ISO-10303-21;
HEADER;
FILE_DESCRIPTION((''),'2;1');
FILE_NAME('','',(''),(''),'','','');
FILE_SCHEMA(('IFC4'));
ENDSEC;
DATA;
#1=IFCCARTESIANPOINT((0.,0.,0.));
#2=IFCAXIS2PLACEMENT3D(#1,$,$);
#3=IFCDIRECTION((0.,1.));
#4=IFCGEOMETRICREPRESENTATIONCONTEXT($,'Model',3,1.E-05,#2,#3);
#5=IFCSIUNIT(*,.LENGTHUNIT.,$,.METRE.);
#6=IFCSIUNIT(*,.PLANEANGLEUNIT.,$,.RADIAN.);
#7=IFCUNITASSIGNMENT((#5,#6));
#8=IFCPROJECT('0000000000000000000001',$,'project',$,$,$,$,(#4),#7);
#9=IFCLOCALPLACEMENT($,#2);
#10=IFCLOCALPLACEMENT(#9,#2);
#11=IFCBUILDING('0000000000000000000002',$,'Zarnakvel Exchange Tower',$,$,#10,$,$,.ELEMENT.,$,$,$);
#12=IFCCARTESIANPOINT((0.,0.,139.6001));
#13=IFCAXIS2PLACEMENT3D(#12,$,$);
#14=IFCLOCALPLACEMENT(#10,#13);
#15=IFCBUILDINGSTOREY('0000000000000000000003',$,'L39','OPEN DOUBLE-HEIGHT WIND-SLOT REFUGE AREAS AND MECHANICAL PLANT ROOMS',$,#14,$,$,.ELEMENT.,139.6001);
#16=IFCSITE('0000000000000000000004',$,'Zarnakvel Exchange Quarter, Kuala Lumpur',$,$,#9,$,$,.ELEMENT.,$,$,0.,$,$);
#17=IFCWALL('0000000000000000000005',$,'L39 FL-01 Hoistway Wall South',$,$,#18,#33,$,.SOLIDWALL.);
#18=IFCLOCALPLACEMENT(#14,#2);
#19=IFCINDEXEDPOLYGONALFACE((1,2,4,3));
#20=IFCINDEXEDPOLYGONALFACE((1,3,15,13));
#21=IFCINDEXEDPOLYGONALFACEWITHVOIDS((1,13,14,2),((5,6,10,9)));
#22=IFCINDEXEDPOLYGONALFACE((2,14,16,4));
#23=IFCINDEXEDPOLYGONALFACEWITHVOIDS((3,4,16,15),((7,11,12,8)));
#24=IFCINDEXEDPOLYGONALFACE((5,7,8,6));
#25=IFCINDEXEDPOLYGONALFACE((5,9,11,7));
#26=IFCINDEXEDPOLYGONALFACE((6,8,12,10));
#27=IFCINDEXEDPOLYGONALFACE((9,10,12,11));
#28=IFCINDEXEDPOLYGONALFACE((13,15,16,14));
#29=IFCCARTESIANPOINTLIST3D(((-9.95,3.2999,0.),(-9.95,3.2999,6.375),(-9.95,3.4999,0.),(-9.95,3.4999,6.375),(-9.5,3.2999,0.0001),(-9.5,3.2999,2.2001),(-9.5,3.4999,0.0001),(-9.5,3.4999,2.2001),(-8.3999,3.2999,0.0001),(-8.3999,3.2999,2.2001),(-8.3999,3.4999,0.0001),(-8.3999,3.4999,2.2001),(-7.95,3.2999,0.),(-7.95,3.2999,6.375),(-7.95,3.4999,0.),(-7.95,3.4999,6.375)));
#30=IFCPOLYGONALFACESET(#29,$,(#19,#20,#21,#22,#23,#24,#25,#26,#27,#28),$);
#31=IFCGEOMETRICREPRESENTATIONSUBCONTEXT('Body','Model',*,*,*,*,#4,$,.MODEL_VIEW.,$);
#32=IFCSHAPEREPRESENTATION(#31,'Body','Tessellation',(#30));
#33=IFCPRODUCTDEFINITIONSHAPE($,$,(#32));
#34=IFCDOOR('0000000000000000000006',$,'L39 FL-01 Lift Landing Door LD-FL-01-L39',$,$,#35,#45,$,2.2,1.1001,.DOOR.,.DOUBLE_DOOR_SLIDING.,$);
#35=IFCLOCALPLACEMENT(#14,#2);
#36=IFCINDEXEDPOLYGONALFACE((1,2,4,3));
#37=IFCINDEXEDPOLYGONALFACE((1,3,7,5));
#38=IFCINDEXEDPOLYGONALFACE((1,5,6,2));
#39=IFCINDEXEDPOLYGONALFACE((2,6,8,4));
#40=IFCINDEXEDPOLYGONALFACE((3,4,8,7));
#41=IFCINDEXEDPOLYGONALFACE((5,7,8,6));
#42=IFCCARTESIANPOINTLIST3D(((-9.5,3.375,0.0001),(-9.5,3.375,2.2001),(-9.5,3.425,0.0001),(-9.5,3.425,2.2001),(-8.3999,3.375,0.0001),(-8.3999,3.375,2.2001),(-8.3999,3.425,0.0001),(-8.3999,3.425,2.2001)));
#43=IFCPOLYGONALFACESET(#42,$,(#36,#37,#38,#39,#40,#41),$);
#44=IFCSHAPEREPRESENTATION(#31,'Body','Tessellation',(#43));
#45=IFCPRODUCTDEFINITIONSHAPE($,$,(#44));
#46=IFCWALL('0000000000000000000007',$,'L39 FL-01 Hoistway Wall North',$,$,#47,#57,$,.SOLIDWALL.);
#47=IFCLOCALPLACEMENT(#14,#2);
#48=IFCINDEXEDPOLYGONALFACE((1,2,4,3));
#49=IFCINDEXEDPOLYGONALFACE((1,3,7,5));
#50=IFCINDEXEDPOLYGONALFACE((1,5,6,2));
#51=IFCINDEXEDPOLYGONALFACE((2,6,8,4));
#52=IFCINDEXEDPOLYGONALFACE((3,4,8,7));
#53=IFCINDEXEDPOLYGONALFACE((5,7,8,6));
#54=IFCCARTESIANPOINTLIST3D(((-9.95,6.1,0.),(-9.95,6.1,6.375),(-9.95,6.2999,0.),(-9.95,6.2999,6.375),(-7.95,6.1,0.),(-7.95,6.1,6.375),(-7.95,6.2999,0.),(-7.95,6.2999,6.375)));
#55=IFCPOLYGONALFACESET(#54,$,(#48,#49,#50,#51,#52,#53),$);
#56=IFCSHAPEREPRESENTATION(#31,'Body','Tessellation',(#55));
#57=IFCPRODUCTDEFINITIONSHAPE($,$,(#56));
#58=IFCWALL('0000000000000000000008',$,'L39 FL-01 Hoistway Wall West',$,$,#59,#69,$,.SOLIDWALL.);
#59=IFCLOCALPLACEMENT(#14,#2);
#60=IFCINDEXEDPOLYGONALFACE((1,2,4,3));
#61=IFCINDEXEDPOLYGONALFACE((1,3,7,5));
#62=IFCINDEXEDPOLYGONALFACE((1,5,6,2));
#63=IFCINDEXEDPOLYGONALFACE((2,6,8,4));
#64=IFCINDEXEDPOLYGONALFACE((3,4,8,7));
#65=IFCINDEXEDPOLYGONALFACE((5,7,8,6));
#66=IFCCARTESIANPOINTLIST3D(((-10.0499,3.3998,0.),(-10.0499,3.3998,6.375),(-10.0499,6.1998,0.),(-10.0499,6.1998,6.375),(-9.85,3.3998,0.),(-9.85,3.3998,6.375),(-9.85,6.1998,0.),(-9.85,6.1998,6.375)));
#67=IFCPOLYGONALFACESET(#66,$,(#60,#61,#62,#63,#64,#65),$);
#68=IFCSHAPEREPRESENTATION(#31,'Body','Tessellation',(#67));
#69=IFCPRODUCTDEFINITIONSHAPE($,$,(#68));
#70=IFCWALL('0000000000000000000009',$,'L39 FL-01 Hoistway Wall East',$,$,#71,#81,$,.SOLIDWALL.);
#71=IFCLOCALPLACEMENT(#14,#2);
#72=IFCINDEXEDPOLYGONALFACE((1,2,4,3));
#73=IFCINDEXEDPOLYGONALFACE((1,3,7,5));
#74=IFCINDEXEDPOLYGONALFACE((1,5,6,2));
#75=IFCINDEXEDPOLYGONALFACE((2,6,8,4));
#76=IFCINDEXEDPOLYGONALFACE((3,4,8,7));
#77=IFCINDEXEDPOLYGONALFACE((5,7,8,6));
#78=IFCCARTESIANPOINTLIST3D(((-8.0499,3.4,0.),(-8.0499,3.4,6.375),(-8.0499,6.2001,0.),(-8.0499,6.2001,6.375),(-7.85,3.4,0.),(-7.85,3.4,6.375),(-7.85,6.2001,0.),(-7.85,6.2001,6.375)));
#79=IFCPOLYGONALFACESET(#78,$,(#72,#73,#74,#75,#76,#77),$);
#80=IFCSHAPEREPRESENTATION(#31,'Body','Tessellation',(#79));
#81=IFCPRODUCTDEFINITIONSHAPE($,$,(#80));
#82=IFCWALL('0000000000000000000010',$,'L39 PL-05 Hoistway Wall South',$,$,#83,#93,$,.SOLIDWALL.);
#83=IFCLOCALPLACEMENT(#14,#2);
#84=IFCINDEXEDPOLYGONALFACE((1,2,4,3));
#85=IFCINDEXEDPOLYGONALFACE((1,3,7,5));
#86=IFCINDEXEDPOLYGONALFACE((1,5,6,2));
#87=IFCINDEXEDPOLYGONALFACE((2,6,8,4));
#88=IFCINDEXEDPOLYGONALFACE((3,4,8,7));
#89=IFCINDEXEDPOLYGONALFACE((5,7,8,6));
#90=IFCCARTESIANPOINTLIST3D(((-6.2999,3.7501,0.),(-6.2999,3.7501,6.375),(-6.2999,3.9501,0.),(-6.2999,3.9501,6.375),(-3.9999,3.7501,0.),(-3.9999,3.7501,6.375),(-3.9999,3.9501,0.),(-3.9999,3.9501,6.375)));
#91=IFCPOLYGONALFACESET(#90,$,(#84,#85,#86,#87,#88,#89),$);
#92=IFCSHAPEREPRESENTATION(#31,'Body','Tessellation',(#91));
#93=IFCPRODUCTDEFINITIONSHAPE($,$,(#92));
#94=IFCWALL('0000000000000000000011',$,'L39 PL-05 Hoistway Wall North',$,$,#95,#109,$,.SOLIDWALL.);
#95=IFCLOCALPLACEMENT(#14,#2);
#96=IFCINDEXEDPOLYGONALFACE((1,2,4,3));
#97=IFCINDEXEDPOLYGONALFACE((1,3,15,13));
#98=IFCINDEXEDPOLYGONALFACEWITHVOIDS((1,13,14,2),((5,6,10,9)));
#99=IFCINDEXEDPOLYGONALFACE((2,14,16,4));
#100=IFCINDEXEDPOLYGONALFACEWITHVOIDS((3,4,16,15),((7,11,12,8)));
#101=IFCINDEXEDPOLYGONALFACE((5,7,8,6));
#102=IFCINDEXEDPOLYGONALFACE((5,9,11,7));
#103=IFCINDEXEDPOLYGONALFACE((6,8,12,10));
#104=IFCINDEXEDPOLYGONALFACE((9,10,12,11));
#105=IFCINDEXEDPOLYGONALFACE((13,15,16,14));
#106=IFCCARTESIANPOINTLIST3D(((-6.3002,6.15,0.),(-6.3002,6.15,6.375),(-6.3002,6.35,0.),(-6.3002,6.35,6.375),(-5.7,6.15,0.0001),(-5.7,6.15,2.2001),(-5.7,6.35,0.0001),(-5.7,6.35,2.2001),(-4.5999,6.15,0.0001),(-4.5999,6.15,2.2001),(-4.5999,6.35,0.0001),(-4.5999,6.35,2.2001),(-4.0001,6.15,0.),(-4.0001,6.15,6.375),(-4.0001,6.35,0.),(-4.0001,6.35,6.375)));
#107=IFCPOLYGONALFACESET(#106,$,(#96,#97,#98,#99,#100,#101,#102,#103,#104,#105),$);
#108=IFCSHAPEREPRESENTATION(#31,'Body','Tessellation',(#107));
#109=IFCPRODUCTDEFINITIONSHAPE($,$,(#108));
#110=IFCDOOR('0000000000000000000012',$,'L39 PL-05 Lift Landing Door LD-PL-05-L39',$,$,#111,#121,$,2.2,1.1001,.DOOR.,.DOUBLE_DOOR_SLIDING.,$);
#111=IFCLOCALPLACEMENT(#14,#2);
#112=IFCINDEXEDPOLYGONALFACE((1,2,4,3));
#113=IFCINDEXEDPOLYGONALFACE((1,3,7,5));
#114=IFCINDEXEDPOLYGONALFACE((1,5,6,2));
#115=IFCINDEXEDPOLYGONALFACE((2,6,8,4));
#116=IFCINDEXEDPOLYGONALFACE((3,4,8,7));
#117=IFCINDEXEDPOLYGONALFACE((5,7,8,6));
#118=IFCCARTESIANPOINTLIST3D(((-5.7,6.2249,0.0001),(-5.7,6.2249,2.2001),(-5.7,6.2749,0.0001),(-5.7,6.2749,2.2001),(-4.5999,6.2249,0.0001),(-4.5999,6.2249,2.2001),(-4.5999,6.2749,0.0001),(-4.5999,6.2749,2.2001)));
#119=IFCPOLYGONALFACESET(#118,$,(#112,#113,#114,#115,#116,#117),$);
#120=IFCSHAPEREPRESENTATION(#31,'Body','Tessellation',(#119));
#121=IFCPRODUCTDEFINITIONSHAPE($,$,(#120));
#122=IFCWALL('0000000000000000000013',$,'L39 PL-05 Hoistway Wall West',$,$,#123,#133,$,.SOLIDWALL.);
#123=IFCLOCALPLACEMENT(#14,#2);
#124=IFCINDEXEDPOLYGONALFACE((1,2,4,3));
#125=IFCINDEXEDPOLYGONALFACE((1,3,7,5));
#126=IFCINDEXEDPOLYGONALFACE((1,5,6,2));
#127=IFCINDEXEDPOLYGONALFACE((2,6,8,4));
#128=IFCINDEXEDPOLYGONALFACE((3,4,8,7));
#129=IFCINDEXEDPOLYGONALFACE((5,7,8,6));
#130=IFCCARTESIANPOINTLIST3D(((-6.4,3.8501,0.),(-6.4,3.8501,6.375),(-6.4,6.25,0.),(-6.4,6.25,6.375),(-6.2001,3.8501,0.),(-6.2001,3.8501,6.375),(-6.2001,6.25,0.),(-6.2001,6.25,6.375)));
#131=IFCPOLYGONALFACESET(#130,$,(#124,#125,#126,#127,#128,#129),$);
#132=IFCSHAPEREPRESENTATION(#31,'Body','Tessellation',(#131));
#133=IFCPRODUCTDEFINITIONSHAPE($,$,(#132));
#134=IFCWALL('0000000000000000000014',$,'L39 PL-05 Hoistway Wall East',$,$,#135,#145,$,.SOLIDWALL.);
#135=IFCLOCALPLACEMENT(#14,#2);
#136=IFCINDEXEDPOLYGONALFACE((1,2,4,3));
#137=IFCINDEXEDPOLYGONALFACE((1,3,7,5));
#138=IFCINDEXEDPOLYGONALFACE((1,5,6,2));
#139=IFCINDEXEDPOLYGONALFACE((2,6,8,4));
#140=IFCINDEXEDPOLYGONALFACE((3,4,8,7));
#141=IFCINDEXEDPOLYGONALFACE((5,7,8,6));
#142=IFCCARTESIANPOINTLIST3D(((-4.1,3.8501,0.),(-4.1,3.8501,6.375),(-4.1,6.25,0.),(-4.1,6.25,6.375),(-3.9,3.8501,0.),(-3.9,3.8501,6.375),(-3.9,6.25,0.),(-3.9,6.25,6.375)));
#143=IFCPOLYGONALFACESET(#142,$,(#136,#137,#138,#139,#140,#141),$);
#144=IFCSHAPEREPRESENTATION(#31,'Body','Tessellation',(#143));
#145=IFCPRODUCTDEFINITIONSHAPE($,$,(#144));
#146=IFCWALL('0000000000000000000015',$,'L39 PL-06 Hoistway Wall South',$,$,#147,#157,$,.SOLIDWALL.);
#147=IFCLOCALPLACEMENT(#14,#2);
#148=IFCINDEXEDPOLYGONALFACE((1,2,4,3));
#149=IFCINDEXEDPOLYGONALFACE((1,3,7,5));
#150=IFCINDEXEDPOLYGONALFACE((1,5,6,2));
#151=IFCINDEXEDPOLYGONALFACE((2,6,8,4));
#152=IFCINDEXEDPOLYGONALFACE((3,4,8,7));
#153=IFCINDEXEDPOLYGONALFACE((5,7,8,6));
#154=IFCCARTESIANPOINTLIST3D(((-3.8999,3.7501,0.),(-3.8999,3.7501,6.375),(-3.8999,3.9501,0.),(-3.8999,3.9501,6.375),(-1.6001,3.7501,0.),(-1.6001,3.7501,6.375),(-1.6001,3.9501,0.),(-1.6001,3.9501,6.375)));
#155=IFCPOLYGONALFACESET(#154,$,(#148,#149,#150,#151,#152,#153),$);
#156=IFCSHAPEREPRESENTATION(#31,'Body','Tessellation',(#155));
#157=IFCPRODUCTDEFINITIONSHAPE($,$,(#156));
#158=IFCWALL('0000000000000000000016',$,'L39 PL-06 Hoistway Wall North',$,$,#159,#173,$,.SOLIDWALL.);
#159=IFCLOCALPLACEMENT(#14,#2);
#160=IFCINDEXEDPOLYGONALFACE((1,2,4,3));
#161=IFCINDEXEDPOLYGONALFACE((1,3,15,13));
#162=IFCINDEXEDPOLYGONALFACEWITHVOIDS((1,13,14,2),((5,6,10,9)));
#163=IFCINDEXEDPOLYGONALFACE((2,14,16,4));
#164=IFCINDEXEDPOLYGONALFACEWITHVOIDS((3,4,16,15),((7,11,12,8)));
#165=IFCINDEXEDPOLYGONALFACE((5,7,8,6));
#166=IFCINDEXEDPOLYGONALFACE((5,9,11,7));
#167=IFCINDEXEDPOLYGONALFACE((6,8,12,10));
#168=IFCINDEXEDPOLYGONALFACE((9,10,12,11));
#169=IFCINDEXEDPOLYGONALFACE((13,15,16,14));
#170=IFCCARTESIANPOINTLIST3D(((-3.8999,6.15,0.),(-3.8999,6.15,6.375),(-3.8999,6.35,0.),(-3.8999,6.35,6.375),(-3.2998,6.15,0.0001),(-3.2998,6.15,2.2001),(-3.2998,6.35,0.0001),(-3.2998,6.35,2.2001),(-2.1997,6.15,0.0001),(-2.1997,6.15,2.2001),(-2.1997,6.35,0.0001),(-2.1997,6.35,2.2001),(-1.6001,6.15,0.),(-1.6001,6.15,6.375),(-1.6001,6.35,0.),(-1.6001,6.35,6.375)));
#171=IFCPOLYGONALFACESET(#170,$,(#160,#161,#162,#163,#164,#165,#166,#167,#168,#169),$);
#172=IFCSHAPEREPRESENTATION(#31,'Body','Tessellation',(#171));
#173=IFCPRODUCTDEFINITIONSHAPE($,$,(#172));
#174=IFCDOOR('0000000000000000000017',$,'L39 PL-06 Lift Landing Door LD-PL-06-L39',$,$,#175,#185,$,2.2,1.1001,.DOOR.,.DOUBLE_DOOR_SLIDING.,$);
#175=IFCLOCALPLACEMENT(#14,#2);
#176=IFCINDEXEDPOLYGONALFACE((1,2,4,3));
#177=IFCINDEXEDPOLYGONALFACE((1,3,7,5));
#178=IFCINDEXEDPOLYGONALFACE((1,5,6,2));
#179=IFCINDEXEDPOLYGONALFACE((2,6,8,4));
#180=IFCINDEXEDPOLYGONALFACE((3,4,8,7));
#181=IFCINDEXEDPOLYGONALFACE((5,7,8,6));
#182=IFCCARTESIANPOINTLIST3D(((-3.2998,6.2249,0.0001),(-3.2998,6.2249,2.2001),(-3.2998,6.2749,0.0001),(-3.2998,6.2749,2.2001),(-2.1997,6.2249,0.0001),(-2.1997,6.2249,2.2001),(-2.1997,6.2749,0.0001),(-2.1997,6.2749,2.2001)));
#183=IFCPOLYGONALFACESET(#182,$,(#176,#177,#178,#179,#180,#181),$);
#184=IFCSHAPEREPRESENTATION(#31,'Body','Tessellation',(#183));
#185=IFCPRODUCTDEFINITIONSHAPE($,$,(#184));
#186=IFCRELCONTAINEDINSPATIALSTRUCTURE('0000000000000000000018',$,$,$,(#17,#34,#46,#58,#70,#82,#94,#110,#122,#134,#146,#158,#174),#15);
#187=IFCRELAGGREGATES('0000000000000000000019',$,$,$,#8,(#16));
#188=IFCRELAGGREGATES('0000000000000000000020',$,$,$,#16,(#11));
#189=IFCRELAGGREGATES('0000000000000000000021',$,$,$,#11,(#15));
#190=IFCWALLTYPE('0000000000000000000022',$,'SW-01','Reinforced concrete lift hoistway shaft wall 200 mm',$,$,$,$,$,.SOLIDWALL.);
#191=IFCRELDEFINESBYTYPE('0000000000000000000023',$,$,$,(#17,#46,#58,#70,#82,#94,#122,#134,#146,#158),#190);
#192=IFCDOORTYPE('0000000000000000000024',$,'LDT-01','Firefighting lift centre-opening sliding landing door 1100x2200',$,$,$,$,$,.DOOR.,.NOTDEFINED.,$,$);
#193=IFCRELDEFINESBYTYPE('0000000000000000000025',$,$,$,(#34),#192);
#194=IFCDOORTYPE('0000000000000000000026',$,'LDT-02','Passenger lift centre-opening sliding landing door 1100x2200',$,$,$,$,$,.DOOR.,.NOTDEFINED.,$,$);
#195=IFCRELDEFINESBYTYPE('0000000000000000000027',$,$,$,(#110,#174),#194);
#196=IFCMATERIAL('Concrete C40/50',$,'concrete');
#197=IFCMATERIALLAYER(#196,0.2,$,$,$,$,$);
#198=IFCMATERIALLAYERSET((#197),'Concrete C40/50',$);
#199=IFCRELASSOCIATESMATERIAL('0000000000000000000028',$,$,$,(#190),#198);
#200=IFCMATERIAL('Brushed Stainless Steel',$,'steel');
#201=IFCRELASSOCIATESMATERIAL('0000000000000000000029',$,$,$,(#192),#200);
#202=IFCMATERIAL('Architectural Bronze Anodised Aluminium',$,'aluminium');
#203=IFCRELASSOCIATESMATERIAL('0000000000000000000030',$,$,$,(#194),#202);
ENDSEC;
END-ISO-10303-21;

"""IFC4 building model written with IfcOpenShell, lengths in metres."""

from ifc_helpers import new_model, si_unit, direction, frame, frame_2d, origin, place, context, subcontext, project, spatial, rectangle, extrude, source, transform, mapped, material, layer, layer_set, type_object, element, fill, save


model = new_model("IFC4")

# Units and contexts
model_context = context("Model", 3, precision=1e-05, world=origin(), true_north=direction((0.0, 1.0)))
body_context = subcontext(model_context, "Body", "Model", "MODEL_VIEW")
ifc_project = project(units=[si_unit("LENGTHUNIT", "METRE"), si_unit("PLANEANGLEUNIT", "RADIAN")], contexts=[model_context])

# Site, building, storey
site_placement = place(None, origin())
site = spatial("IfcSite", under=ifc_project, at=site_placement, Name="Zarnakvel Exchange Quarter, Kuala Lumpur", CompositionType="ELEMENT", RefElevation=0.0)
building_placement = place(site_placement, origin())
building = spatial("IfcBuilding", under=site, at=building_placement, Name="Zarnakvel Exchange Tower", CompositionType="ELEMENT")
storey_placement = place(building_placement, frame((0.0, 0.0, 139.6001)))
storey = spatial("IfcBuildingStorey", under=building, at=storey_placement, Name="L39", Description="OPEN DOUBLE-HEIGHT WIND-SLOT REFUGE AREAS AND MECHANICAL PLANT ROOMS", CompositionType="ELEMENT", Elevation=139.6001)

# Shared definitions
ifc_material_1 = material(Name="Concrete C40/50", Category="concrete")

# Wall, opening, door
ifc_layer_1 = layer(ifc_material_1, 0.2)
ifc_layer_set_1 = layer_set([ifc_layer_1], Name="Concrete C40/50")
wall_type_1 = type_object("IfcWallType", Name="SW-01", Description="Reinforced concrete lift hoistway shaft wall 200 mm", PredefinedType="SOLIDWALL", material=ifc_layer_set_1)
wall_1_placement = place(storey_placement, frame((-7.95, 3.3999, 0.0), z_axis=(0.0, 0.0, 1.0), x_axis=(-1.0, 0.0, 0.0)))
wall_1 = element("IfcWall", 1, at=wall_1_placement, inside=storey, type_object=wall_type_1, Name="L39 FL-01 Hoistway Wall South", PredefinedType="SOLIDWALL", context=body_context, shape_type="SweptSolid", body=[
    extrude(rectangle(XDim=2.0, YDim=0.2, at=frame_2d((1.0, 0.0))), origin(), (0.0, 0.0, 1.0), 6.375),
])
opening_1_placement = place(wall_1_placement, frame((0.45, 0.0, 0.0)))
opening_1 = element("IfcOpeningElement", 2, at=opening_1_placement, cuts=wall_1, PredefinedType="OPENING", context=body_context, shape_type="SweptSolid", body=[
    extrude(rectangle(XDim=1.1001, YDim=2.2, at=frame_2d((0.55, 1.1001))), frame((0.0, 0.1099, 0.0), z_axis=(0.0, -1.0, 0.0), x_axis=(1.0, 0.0, 0.0)), (0.0, 0.0, 1.0), 0.22),
])
ifc_material_2 = material(Name="Brushed Stainless Steel", Category="steel")
door_type_1 = type_object("IfcDoorType", Name="LDT-01", Description="Firefighting lift centre-opening sliding landing door 1100x2200", OperationType="NOTDEFINED", PredefinedType="DOOR", material=ifc_material_2)
shared_shape_1 = source(origin(), body_context, "Body", "SweptSolid", [
    extrude(rectangle(XDim=1.1001, YDim=2.2, at=frame_2d((0.55, 1.1001))), frame((0.0, 0.0249, 0.0), z_axis=(0.0, -1.0, 0.0), x_axis=(1.0, 0.0, 0.0)), (0.0, 0.0, 1.0), 0.05),
])
door_1_placement = place(opening_1_placement, origin())
door_1 = element("IfcDoor", 3, at=door_1_placement, inside=storey, type_object=door_type_1, Name="L39 FL-01 Lift Landing Door LD-FL-01-L39", OperationType="DOUBLE_DOOR_SLIDING", OverallHeight=2.2, OverallWidth=1.1001, PredefinedType="DOOR", context=body_context, shape_type="MappedRepresentation", body=[
    mapped(shared_shape_1, transform((0.0, 0.0, 0.0), x_axis=(1.0, 0.0, 0.0), y_axis=(0.0, 1.0, 0.0), z_axis=(0.0, 0.0, 1.0), scale=1.0)),
])
fill(opening_1, door_1)

# Walls
wall_2_placement = place(storey_placement, frame((-9.95, 6.2, 0.0), z_axis=(0.0, 0.0, 1.0), x_axis=(1.0, 0.0, 0.0)))
element("IfcWall", 4, at=wall_2_placement, inside=storey, type_object=wall_type_1, Name="L39 FL-01 Hoistway Wall North", PredefinedType="SOLIDWALL", context=body_context, shape_type="SweptSolid", body=[
    extrude(rectangle(XDim=2.0, YDim=0.2, at=frame_2d((1.0, 0.0))), origin(), (0.0, 0.0, 1.0), 6.375),
])
for number, where, z_axis, x_axis, name in (
    (5, (-9.95, 3.3999, 0.0), (0.0, 0.0, 1.0), (0.0, 1.0, 0.0), "L39 FL-01 Hoistway Wall West"),
    (6, (-7.95, 6.2, 0.0), (0.0, 0.0, 1.0), (0.0, -1.0, 0.0), "L39 FL-01 Hoistway Wall East"),
):
    element("IfcWall", number, at=place(storey_placement, frame(where, z_axis=z_axis, x_axis=x_axis)), inside=storey, type_object=wall_type_1, Name=name, PredefinedType="SOLIDWALL", context=body_context, shape_type="SweptSolid", body=[
        extrude(rectangle(XDim=2.8, YDim=0.2, at=frame_2d((1.3999, 0.0))), origin(), (0.0, 0.0, 1.0), 6.375),
    ])
wall_3_placement = place(storey_placement, frame((-4.0, 3.8501, 0.0), z_axis=(0.0, 0.0, 1.0), x_axis=(-1.0, 0.0, 0.0)))
element("IfcWall", 7, at=wall_3_placement, inside=storey, type_object=wall_type_1, Name="L39 PL-05 Hoistway Wall South", PredefinedType="SOLIDWALL", context=body_context, shape_type="SweptSolid", body=[
    extrude(rectangle(XDim=2.3, YDim=0.2, at=frame_2d((1.1499, 0.0))), origin(), (0.0, 0.0, 1.0), 6.375),
])

# Wall, opening, door
wall_4_placement = place(storey_placement, frame((-6.3, 6.25, 0.0), z_axis=(0.0, 0.0, 1.0), x_axis=(1.0, 0.0, 0.0)))
wall_4 = element("IfcWall", 8, at=wall_4_placement, inside=storey, type_object=wall_type_1, Name="L39 PL-05 Hoistway Wall North", PredefinedType="SOLIDWALL", context=body_context, shape_type="SweptSolid", body=[
    extrude(rectangle(XDim=2.3, YDim=0.2, at=frame_2d((1.1499, 0.0))), origin(), (0.0, 0.0, 1.0), 6.375),
])
opening_2_placement = place(wall_4_placement, frame((0.6001, 0.0, 0.0)))
opening_2 = element("IfcOpeningElement", 9, at=opening_2_placement, cuts=wall_4, PredefinedType="OPENING", context=body_context, shape_type="SweptSolid", body=[
    extrude(rectangle(XDim=1.1001, YDim=2.2, at=frame_2d((0.55, 1.1001))), frame((0.0, 0.1099, 0.0), z_axis=(0.0, -1.0, 0.0), x_axis=(1.0, 0.0, 0.0)), (0.0, 0.0, 1.0), 0.22),
])
ifc_material_3 = material(Name="Architectural Bronze Anodised Aluminium", Category="aluminium")
door_type_2 = type_object("IfcDoorType", Name="LDT-02", Description="Passenger lift centre-opening sliding landing door 1100x2200", OperationType="NOTDEFINED", PredefinedType="DOOR", material=ifc_material_3)
door_2_placement = place(opening_2_placement, origin())
door_2 = element("IfcDoor", 10, at=door_2_placement, inside=storey, type_object=door_type_2, Name="L39 PL-05 Lift Landing Door LD-PL-05-L39", OperationType="DOUBLE_DOOR_SLIDING", OverallHeight=2.2, OverallWidth=1.1001, PredefinedType="DOOR", context=body_context, shape_type="MappedRepresentation", body=[
    mapped(shared_shape_1, transform((0.0, 0.0, 0.0), x_axis=(1.0, 0.0, 0.0), y_axis=(0.0, 1.0, 0.0), z_axis=(0.0, 0.0, 1.0), scale=1.0)),
])
fill(opening_2, door_2)

# Walls
for number, where, z_axis, x_axis, name in (
    (11, (-6.3, 3.8501, 0.0), (0.0, 0.0, 1.0), (0.0, 1.0, 0.0), "L39 PL-05 Hoistway Wall West"),
    (12, (-4.0, 6.25, 0.0), (0.0, 0.0, 1.0), (0.0, -1.0, 0.0), "L39 PL-05 Hoistway Wall East"),
):
    element("IfcWall", number, at=place(storey_placement, frame(where, z_axis=z_axis, x_axis=x_axis)), inside=storey, type_object=wall_type_1, Name=name, PredefinedType="SOLIDWALL", context=body_context, shape_type="SweptSolid", body=[
        extrude(rectangle(XDim=2.3999, YDim=0.2, at=frame_2d((1.2, 0.0))), origin(), (0.0, 0.0, 1.0), 6.375),
    ])
wall_5_placement = place(storey_placement, frame((-1.6001, 3.8501, 0.0), z_axis=(0.0, 0.0, 1.0), x_axis=(-1.0, 0.0, 0.0)))
element("IfcWall", 13, at=wall_5_placement, inside=storey, type_object=wall_type_1, Name="L39 PL-06 Hoistway Wall South", PredefinedType="SOLIDWALL", context=body_context, shape_type="SweptSolid", body=[
    extrude(rectangle(XDim=2.2998, YDim=0.2, at=frame_2d((1.1499, 0.0))), origin(), (0.0, 0.0, 1.0), 6.375),
])

# Wall, opening, door
wall_6_placement = place(storey_placement, frame((-3.8999, 6.25, 0.0), z_axis=(0.0, 0.0, 1.0), x_axis=(1.0, 0.0, 0.0)))
wall_6 = element("IfcWall", 14, at=wall_6_placement, inside=storey, type_object=wall_type_1, Name="L39 PL-06 Hoistway Wall North", PredefinedType="SOLIDWALL", context=body_context, shape_type="SweptSolid", body=[
    extrude(rectangle(XDim=2.2998, YDim=0.2, at=frame_2d((1.1499, 0.0))), origin(), (0.0, 0.0, 1.0), 6.375),
])
opening_3_placement = place(wall_6_placement, frame((0.6001, 0.0, 0.0)))
opening_3 = element("IfcOpeningElement", 15, at=opening_3_placement, cuts=wall_6, PredefinedType="OPENING", context=body_context, shape_type="SweptSolid", body=[
    extrude(rectangle(XDim=1.1001, YDim=2.2, at=frame_2d((0.55, 1.1001))), frame((0.0, 0.1099, 0.0), z_axis=(0.0, -1.0, 0.0), x_axis=(1.0, 0.0, 0.0)), (0.0, 0.0, 1.0), 0.22),
])
door_3_placement = place(opening_3_placement, origin())
door_3 = element("IfcDoor", 16, at=door_3_placement, inside=storey, type_object=door_type_2, Name="L39 PL-06 Lift Landing Door LD-PL-06-L39", OperationType="DOUBLE_DOOR_SLIDING", OverallHeight=2.2, OverallWidth=1.1001, PredefinedType="DOOR", context=body_context, shape_type="MappedRepresentation", body=[
    mapped(shared_shape_1, transform((0.0, 0.0, 0.0), x_axis=(1.0, 0.0, 0.0), y_axis=(0.0, 1.0, 0.0), z_axis=(0.0, 0.0, 1.0), scale=1.0)),
])
fill(opening_3, door_3)

save(model, "model.ifc")
